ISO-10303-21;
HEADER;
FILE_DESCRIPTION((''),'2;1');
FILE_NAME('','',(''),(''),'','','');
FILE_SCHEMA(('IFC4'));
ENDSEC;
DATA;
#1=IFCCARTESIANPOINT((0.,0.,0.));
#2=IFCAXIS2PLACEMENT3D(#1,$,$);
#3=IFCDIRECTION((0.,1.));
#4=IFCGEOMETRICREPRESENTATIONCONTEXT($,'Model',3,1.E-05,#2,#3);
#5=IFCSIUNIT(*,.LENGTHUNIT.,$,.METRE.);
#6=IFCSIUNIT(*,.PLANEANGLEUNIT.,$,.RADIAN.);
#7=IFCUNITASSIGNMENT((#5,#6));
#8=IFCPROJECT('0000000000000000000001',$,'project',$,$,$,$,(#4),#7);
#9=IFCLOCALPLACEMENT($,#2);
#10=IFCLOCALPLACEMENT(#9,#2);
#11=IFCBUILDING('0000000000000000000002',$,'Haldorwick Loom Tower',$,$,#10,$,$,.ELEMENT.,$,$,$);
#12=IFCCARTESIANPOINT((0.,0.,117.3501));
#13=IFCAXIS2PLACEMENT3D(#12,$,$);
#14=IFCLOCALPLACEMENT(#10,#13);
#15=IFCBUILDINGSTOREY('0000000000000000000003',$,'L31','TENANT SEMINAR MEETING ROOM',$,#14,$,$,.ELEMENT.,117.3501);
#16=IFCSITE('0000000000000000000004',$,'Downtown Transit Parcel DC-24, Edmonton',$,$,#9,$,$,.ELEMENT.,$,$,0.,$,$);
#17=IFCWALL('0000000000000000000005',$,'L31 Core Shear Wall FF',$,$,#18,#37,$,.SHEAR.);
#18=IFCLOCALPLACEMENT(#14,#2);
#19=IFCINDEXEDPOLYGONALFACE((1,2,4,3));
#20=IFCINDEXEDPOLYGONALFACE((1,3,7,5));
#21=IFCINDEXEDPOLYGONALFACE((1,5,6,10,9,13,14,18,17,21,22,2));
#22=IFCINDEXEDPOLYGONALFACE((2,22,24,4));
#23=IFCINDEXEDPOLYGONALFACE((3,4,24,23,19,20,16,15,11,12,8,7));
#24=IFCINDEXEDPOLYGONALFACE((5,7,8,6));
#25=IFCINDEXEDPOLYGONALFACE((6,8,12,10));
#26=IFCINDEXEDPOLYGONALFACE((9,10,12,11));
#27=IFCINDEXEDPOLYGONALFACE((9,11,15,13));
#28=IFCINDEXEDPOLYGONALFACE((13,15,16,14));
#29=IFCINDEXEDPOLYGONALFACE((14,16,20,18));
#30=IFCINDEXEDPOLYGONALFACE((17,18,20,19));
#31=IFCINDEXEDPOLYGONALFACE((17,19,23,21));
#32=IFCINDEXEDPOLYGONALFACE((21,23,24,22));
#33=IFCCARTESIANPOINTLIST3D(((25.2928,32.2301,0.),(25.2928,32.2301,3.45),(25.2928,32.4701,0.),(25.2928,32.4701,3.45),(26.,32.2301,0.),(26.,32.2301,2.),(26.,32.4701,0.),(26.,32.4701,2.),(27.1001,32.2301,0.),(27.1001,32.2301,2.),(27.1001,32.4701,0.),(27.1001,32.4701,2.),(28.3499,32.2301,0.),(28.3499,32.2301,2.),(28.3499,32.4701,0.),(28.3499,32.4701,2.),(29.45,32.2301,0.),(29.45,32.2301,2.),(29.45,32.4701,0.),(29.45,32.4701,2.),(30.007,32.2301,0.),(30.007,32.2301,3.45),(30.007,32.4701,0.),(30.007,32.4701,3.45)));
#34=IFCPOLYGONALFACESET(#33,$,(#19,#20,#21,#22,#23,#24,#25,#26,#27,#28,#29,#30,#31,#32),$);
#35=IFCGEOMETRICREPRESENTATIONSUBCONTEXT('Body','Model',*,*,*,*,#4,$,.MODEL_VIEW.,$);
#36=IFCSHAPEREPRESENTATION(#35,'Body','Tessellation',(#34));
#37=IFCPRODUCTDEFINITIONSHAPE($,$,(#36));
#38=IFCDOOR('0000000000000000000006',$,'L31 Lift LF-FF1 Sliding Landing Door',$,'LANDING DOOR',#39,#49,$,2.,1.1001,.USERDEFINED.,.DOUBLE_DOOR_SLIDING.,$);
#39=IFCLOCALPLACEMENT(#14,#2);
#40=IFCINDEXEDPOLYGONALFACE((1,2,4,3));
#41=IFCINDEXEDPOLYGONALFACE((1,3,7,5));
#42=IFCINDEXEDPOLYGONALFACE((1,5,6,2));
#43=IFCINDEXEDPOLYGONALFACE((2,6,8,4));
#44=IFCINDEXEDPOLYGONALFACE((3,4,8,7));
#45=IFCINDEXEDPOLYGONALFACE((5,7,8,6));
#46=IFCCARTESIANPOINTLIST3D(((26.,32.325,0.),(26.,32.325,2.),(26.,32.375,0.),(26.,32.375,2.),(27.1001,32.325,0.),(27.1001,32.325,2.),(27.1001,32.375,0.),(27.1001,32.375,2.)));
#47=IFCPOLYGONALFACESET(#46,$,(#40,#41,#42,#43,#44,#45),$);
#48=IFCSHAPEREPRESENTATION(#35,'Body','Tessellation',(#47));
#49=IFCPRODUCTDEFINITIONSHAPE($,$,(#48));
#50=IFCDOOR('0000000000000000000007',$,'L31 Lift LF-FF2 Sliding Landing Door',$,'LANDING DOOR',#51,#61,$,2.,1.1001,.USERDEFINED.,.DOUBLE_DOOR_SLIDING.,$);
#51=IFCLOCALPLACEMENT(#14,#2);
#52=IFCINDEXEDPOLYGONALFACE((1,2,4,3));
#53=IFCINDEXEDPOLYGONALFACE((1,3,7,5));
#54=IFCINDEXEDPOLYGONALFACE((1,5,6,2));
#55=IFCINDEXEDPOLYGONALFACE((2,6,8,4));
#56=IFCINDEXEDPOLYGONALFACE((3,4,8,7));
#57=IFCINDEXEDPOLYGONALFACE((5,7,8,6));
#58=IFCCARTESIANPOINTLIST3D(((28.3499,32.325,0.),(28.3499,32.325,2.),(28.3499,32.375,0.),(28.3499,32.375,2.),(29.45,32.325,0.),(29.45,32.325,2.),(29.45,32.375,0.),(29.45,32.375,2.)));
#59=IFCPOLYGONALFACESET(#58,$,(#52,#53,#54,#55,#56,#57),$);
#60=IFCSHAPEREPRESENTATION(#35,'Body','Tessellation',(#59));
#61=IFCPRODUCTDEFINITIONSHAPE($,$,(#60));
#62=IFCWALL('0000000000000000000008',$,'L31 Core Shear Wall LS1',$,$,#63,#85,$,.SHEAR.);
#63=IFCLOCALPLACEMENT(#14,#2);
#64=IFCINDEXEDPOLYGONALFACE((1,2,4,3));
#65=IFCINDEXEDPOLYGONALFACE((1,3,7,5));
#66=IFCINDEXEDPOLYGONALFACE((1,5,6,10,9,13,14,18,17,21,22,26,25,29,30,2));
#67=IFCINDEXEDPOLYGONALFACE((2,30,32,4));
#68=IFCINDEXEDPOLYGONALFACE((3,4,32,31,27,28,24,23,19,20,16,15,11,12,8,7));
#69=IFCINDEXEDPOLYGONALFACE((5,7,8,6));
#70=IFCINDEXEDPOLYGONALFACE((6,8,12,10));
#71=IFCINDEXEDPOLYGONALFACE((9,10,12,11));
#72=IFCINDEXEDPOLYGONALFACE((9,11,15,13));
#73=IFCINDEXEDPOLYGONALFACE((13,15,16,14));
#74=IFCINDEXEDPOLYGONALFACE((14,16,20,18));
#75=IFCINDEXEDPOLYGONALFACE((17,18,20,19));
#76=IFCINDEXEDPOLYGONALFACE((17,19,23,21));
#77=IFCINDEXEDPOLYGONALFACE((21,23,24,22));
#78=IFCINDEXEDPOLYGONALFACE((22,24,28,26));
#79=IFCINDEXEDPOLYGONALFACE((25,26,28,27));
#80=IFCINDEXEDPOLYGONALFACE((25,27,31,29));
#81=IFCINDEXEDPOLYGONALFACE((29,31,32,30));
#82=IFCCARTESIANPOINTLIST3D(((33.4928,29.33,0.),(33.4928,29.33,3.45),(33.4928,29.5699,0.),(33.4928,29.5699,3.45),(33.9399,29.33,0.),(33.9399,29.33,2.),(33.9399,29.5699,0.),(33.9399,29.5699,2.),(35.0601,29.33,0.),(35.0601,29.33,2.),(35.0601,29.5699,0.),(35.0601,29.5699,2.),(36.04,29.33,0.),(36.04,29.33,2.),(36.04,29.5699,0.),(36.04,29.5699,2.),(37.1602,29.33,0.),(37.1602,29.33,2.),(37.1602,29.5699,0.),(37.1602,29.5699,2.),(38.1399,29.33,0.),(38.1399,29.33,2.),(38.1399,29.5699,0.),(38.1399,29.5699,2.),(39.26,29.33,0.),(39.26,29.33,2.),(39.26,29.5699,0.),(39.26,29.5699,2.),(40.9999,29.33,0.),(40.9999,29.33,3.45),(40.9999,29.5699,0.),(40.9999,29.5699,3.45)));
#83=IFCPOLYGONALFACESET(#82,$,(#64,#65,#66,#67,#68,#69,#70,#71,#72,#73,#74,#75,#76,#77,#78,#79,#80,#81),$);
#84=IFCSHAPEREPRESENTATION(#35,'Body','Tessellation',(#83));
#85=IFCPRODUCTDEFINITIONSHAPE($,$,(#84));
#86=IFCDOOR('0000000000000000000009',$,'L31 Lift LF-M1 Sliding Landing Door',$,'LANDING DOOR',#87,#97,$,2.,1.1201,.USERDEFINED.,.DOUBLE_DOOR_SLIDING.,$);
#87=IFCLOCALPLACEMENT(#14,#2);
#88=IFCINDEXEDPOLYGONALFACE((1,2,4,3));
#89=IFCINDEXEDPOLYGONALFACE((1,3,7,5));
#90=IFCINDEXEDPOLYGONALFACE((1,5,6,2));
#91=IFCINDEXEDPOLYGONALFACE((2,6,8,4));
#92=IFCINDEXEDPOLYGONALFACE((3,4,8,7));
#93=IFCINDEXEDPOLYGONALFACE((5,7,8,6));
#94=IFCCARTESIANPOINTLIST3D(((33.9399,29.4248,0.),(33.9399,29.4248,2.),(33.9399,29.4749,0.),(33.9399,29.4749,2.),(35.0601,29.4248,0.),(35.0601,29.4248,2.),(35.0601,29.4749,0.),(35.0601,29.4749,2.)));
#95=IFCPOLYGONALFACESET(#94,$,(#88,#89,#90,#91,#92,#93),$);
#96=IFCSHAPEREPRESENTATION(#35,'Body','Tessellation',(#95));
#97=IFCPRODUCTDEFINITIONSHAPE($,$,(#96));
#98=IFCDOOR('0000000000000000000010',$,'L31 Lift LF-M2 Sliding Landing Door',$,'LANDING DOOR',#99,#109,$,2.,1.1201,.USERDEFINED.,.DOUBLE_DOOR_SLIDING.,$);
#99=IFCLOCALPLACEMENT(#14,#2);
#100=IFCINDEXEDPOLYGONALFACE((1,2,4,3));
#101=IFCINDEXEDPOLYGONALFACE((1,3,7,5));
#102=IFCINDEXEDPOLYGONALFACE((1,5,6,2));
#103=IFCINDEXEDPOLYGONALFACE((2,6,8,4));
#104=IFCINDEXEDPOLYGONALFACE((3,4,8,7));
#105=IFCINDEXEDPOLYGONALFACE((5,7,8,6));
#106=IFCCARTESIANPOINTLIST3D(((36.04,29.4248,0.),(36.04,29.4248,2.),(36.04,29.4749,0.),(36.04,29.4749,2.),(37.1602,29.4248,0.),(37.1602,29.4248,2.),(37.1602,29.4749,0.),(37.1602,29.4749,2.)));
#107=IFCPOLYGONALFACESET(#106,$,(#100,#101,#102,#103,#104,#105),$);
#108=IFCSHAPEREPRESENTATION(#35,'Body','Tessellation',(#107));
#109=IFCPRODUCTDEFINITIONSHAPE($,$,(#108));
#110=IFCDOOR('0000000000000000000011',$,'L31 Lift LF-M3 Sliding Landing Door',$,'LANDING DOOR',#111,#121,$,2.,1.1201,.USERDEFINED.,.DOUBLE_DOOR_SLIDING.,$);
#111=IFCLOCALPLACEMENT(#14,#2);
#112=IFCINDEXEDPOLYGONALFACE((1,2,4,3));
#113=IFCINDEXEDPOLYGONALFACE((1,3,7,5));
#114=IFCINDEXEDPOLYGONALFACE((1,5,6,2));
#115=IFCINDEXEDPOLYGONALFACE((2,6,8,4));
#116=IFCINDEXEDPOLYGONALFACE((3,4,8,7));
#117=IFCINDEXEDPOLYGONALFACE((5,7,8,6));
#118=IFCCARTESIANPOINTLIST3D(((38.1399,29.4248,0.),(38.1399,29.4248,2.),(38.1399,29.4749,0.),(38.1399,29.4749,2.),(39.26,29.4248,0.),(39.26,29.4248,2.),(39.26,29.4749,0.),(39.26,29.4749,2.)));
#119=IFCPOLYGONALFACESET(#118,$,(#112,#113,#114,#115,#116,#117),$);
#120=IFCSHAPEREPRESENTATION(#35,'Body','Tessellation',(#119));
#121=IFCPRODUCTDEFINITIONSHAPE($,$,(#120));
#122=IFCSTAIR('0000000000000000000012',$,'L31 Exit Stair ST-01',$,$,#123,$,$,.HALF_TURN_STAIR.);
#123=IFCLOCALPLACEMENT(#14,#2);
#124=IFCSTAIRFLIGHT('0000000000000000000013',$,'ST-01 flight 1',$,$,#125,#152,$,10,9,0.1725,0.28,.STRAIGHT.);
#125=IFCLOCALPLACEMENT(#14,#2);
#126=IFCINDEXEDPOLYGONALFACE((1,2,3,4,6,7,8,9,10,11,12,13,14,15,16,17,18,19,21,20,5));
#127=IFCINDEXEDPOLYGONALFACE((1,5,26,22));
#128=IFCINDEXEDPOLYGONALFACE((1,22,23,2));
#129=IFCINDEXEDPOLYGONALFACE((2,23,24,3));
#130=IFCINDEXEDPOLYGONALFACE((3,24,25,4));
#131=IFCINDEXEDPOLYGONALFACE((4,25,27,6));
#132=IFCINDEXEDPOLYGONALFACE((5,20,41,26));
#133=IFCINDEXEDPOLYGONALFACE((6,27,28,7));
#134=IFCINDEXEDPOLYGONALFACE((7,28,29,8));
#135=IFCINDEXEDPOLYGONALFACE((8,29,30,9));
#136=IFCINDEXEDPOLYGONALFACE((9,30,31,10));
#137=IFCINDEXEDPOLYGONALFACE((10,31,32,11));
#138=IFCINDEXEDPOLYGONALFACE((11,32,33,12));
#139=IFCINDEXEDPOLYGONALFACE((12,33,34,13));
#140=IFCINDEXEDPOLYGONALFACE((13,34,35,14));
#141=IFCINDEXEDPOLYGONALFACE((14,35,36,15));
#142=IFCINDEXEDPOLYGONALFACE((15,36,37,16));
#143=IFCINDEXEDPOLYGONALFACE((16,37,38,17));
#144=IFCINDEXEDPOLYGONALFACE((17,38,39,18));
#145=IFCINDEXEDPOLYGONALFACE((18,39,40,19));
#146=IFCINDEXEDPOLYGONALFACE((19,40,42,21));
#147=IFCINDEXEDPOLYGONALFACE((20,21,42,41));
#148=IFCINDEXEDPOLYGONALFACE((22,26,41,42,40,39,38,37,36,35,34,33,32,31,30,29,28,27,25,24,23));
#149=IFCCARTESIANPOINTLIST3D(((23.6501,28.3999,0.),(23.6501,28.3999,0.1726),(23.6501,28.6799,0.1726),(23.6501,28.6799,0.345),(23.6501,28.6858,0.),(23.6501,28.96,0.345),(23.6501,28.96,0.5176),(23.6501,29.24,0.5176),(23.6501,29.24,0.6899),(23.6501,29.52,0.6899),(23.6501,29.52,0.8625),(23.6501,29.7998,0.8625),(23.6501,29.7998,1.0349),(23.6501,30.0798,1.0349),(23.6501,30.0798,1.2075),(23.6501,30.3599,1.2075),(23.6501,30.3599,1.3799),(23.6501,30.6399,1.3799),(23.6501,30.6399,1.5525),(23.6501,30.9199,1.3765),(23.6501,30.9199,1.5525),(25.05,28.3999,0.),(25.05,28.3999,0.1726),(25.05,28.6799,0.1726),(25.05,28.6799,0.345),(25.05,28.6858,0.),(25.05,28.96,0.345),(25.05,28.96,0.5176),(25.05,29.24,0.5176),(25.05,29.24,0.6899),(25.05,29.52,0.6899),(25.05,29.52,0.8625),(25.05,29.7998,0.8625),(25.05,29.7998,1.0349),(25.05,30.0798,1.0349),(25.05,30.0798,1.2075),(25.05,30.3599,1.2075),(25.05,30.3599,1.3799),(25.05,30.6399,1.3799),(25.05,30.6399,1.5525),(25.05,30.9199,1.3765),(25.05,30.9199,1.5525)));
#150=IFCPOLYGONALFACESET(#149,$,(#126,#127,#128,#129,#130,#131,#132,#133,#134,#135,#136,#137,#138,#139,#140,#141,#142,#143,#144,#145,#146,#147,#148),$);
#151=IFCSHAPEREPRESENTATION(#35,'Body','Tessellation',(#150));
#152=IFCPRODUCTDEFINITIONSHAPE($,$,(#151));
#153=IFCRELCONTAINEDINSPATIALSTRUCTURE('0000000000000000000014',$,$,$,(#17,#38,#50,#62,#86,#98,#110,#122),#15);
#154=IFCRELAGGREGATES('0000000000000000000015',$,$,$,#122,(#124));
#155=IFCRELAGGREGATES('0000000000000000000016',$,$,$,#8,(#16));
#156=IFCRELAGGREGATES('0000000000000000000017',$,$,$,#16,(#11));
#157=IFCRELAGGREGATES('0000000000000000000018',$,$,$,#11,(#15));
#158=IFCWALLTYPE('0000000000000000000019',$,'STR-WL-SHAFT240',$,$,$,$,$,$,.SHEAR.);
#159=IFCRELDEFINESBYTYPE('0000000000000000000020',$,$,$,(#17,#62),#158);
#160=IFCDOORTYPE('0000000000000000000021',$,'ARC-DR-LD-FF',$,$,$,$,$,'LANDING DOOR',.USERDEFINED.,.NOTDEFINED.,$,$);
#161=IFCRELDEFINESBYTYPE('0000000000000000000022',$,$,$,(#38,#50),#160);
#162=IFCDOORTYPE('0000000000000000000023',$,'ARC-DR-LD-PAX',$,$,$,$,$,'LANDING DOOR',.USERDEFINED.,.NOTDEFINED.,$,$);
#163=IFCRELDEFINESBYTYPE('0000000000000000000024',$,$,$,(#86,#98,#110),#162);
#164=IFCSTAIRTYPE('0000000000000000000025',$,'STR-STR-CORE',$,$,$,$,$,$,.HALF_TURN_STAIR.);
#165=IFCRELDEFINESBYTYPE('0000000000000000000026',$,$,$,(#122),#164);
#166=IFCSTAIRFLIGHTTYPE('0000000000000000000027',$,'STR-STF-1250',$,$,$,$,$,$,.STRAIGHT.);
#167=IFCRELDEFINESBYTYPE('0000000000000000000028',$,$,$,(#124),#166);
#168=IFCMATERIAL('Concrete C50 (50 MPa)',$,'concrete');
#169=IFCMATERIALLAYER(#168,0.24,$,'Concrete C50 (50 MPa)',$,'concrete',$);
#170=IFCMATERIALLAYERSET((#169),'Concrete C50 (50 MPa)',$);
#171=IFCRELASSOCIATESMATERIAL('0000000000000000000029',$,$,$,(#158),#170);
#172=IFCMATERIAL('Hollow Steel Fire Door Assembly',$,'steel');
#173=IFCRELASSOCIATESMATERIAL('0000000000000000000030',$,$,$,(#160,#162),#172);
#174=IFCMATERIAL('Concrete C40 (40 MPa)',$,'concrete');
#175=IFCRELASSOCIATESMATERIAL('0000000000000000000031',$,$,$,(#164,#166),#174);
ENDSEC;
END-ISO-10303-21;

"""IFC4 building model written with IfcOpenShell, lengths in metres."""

from ifc_helpers import new_model, si_unit, direction, frame, frame_2d, origin, place, context, subcontext, project, spatial, polyline, rectangle, outline, extrude, material, layer, layer_set, type_object, element, fill, aggregate, save


model = new_model("IFC4")

# Units and contexts
model_context = context("Model", 3, precision=1e-05, world=origin(), true_north=direction((0.0, 1.0)))
body_context = subcontext(model_context, "Body", "Model", "MODEL_VIEW")
ifc_project = project(units=[si_unit("LENGTHUNIT", "METRE"), si_unit("PLANEANGLEUNIT", "RADIAN")], contexts=[model_context])

# Site, building, storey
site_placement = place(None, origin())
site = spatial("IfcSite", under=ifc_project, at=site_placement, Name="Downtown Transit Parcel DC-24, Edmonton", CompositionType="ELEMENT", RefElevation=0.0)
building_placement = place(site_placement, origin())
building = spatial("IfcBuilding", under=site, at=building_placement, Name="Haldorwick Loom Tower", CompositionType="ELEMENT")
storey_placement = place(building_placement, frame((0.0, 0.0, 117.3501)))
storey = spatial("IfcBuildingStorey", under=building, at=storey_placement, Name="L31", Description="TENANT SEMINAR MEETING ROOM", CompositionType="ELEMENT", Elevation=117.3501)

# Shared definitions
ifc_material_1 = material(Name="Concrete C50 (50 MPa)", Category="concrete")
ifc_layer_1 = layer(ifc_material_1, 0.24, Name="Concrete C50 (50 MPa)", Category="concrete")
ifc_layer_set_1 = layer_set([ifc_layer_1], Name="Concrete C50 (50 MPa)")
wall_type_1 = type_object("IfcWallType", Name="STR-WL-SHAFT240", PredefinedType="SHEAR", material=ifc_layer_set_1)

# Walls, openings, doors
wall_1_placement = place(storey_placement, frame((25.293, 32.3501, 0.0), z_axis=(0.0, 0.0, 1.0), x_axis=(1.0, 0.0, 0.0)))
wall_1 = element("IfcWall", 1, at=wall_1_placement, inside=storey, type_object=wall_type_1, Name="L31 Core Shear Wall FF", PredefinedType="SHEAR", context=body_context, shape_type="SweptSolid", body=[
    extrude(rectangle(XDim=4.7141, YDim=0.24, at=frame_2d((2.3569, 0.0))), origin(), (0.0, 0.0, 1.0), 3.45),
])
opening_1_placement = place(wall_1_placement, frame((0.707, 0.0, 0.0)))
opening_1 = element("IfcOpeningElement", 2, at=opening_1_placement, cuts=wall_1, PredefinedType="OPENING", context=body_context, shape_type="SweptSolid", body=[
    extrude(rectangle(XDim=1.1001, YDim=2.0, at=frame_2d((0.55, 1.0))), frame((0.0, 0.1299, 0.0), z_axis=(0.0, -1.0, 0.0), x_axis=(1.0, 0.0, 0.0)), (0.0, 0.0, 1.0), 0.26),
])
opening_2_placement = place(wall_1_placement, frame((3.0569, 0.0, 0.0)))
opening_2 = element("IfcOpeningElement", 3, at=opening_2_placement, cuts=wall_1, PredefinedType="OPENING", context=body_context, shape_type="SweptSolid", body=[
    extrude(rectangle(XDim=1.1001, YDim=2.0, at=frame_2d((0.55, 1.0))), frame((0.0, 0.1299, 0.0), z_axis=(0.0, -1.0, 0.0), x_axis=(1.0, 0.0, 0.0)), (0.0, 0.0, 1.0), 0.26),
])
ifc_material_2 = material(Name="Hollow Steel Fire Door Assembly", Category="steel")
door_type_1 = type_object("IfcDoorType", Name="ARC-DR-LD-FF", ElementType="LANDING DOOR", OperationType="NOTDEFINED", PredefinedType="USERDEFINED", material=ifc_material_2)
door_1_placement = place(opening_1_placement, origin())
door_1 = element("IfcDoor", 4, at=door_1_placement, inside=storey, type_object=door_type_1, Name="L31 Lift LF-FF1 Sliding Landing Door", ObjectType="LANDING DOOR", OperationType="DOUBLE_DOOR_SLIDING", OverallHeight=2.0, OverallWidth=1.1001, PredefinedType="USERDEFINED", context=body_context, shape_type="SweptSolid", body=[
    extrude(rectangle(XDim=1.1001, YDim=2.0, at=frame_2d((0.55, 1.0))), frame((0.0, 0.0249, 0.0), z_axis=(0.0, -1.0, 0.0), x_axis=(1.0, 0.0, 0.0)), (0.0, 0.0, 1.0), 0.05),
])
fill(opening_1, door_1)
door_2_placement = place(opening_2_placement, origin())
door_2 = element("IfcDoor", 5, at=door_2_placement, inside=storey, type_object=door_type_1, Name="L31 Lift LF-FF2 Sliding Landing Door", ObjectType="LANDING DOOR", OperationType="DOUBLE_DOOR_SLIDING", OverallHeight=2.0, OverallWidth=1.1001, PredefinedType="USERDEFINED", context=body_context, shape_type="SweptSolid", body=[
    extrude(rectangle(XDim=1.1001, YDim=2.0, at=frame_2d((0.55, 1.0))), frame((0.0, 0.0249, 0.0), z_axis=(0.0, -1.0, 0.0), x_axis=(1.0, 0.0, 0.0)), (0.0, 0.0, 1.0), 0.05),
])
fill(opening_2, door_2)
wall_2_placement = place(storey_placement, frame((33.4929, 29.45, 0.0), z_axis=(0.0, 0.0, 1.0), x_axis=(1.0, 0.0, 0.0)))
wall_2 = element("IfcWall", 6, at=wall_2_placement, inside=storey, type_object=wall_type_1, Name="L31 Core Shear Wall LS1", PredefinedType="SHEAR", context=body_context, shape_type="SweptSolid", body=[
    extrude(rectangle(XDim=7.5071, YDim=0.24, at=frame_2d((3.7534, 0.0))), origin(), (0.0, 0.0, 1.0), 3.45),
])
opening_3_placement = place(wall_2_placement, frame((0.447, 0.0, 0.0)))
opening_3 = element("IfcOpeningElement", 7, at=opening_3_placement, cuts=wall_2, PredefinedType="OPENING", context=body_context, shape_type="SweptSolid", body=[
    extrude(rectangle(XDim=1.1201, YDim=2.0, at=frame_2d((0.5601, 1.0))), frame((0.0, 0.1299, 0.0), z_axis=(0.0, -1.0, 0.0), x_axis=(1.0, 0.0, 0.0)), (0.0, 0.0, 1.0), 0.26),
])
opening_4_placement = place(wall_2_placement, frame((2.5471, 0.0, 0.0)))
opening_4 = element("IfcOpeningElement", 8, at=opening_4_placement, cuts=wall_2, PredefinedType="OPENING", context=body_context, shape_type="SweptSolid", body=[
    extrude(rectangle(XDim=1.1201, YDim=2.0, at=frame_2d((0.5601, 1.0))), frame((0.0, 0.1299, 0.0), z_axis=(0.0, -1.0, 0.0), x_axis=(1.0, 0.0, 0.0)), (0.0, 0.0, 1.0), 0.26),
])
opening_5_placement = place(wall_2_placement, frame((4.647, 0.0, 0.0)))
opening_5 = element("IfcOpeningElement", 9, at=opening_5_placement, cuts=wall_2, PredefinedType="OPENING", context=body_context, shape_type="SweptSolid", body=[
    extrude(rectangle(XDim=1.1201, YDim=2.0, at=frame_2d((0.5601, 1.0))), frame((0.0, 0.1299, 0.0), z_axis=(0.0, -1.0, 0.0), x_axis=(1.0, 0.0, 0.0)), (0.0, 0.0, 1.0), 0.26),
])
door_type_2 = type_object("IfcDoorType", Name="ARC-DR-LD-PAX", ElementType="LANDING DOOR", OperationType="NOTDEFINED", PredefinedType="USERDEFINED", material=ifc_material_2)
door_3_placement = place(opening_3_placement, origin())
door_3 = element("IfcDoor", 10, at=door_3_placement, inside=storey, type_object=door_type_2, Name="L31 Lift LF-M1 Sliding Landing Door", ObjectType="LANDING DOOR", OperationType="DOUBLE_DOOR_SLIDING", OverallHeight=2.0, OverallWidth=1.1201, PredefinedType="USERDEFINED", context=body_context, shape_type="SweptSolid", body=[
    extrude(rectangle(XDim=1.1201, YDim=2.0, at=frame_2d((0.5601, 1.0))), frame((0.0, 0.0249, 0.0), z_axis=(0.0, -1.0, 0.0), x_axis=(1.0, 0.0, 0.0)), (0.0, 0.0, 1.0), 0.05),
])
fill(opening_3, door_3)
door_4_placement = place(opening_4_placement, origin())
door_4 = element("IfcDoor", 11, at=door_4_placement, inside=storey, type_object=door_type_2, Name="L31 Lift LF-M2 Sliding Landing Door", ObjectType="LANDING DOOR", OperationType="DOUBLE_DOOR_SLIDING", OverallHeight=2.0, OverallWidth=1.1201, PredefinedType="USERDEFINED", context=body_context, shape_type="SweptSolid", body=[
    extrude(rectangle(XDim=1.1201, YDim=2.0, at=frame_2d((0.5601, 1.0))), frame((0.0, 0.0249, 0.0), z_axis=(0.0, -1.0, 0.0), x_axis=(1.0, 0.0, 0.0)), (0.0, 0.0, 1.0), 0.05),
])
fill(opening_4, door_4)
door_5_placement = place(opening_5_placement, origin())
door_5 = element("IfcDoor", 12, at=door_5_placement, inside=storey, type_object=door_type_2, Name="L31 Lift LF-M3 Sliding Landing Door", ObjectType="LANDING DOOR", OperationType="DOUBLE_DOOR_SLIDING", OverallHeight=2.0, OverallWidth=1.1201, PredefinedType="USERDEFINED", context=body_context, shape_type="SweptSolid", body=[
    extrude(rectangle(XDim=1.1201, YDim=2.0, at=frame_2d((0.5601, 1.0))), frame((0.0, 0.0249, 0.0), z_axis=(0.0, -1.0, 0.0), x_axis=(1.0, 0.0, 0.0)), (0.0, 0.0, 1.0), 0.05),
])
fill(opening_5, door_5)

# Stair, stair flight
ifc_material_3 = material(Name="Concrete C40 (40 MPa)", Category="concrete")
stair_type = type_object("IfcStairType", Name="STR-STR-CORE", PredefinedType="HALF_TURN_STAIR", material=ifc_material_3)
stair_1_placement = place(storey_placement, origin())
stair_1 = element("IfcStair", 13, at=stair_1_placement, inside=storey, type_object=stair_type, Name="L31 Exit Stair ST-01", PredefinedType="HALF_TURN_STAIR")
stair_flight_type = type_object("IfcStairFlightType", Name="STR-STF-1250", PredefinedType="STRAIGHT", material=ifc_material_3)
stair_flight_1_placement = place(storey_placement, frame((24.3501, 28.3999, 0.0), z_axis=(0.0, 0.0, 1.0), x_axis=(0.0, 1.0, 0.0)))
stair_flight_1 = element("IfcStairFlight", 14, at=stair_flight_1_placement, type_object=stair_flight_type, Name="ST-01 flight 1", NumberOfRisers=10, NumberOfTreads=9, PredefinedType="STRAIGHT", RiserHeight=0.1725, TreadLength=0.28, context=body_context, shape_type="SweptSolid", body=[
    extrude(outline(polyline([(0.0, 0.0), (0.0, 0.1726), (0.28, 0.1726), (0.28, 0.345), (0.5601, 0.345), (0.5601, 0.5176), (0.8401, 0.5176), (0.8401, 0.6899), (1.1201, 0.6899), (1.1201, 0.8625), (1.3999, 0.8625), (1.3999, 1.0349), (1.6799, 1.0349), (1.6799, 1.2075), (1.96, 1.2075), (1.96, 1.3799), (2.24, 1.3799), (2.24, 1.5525), (2.52, 1.5525), (2.52, 1.7251), (2.52, 1.3765), (0.2859, 0.0), (0.0, 0.0)])), frame((0.0, 0.7, 0.0), z_axis=(0.0, -1.0, 0.0), x_axis=(1.0, 0.0, 0.0)), (0.0, 0.0, 1.0), 1.3999),
])
aggregate(stair_1, [stair_flight_1])

save(model, "model.ifc")
